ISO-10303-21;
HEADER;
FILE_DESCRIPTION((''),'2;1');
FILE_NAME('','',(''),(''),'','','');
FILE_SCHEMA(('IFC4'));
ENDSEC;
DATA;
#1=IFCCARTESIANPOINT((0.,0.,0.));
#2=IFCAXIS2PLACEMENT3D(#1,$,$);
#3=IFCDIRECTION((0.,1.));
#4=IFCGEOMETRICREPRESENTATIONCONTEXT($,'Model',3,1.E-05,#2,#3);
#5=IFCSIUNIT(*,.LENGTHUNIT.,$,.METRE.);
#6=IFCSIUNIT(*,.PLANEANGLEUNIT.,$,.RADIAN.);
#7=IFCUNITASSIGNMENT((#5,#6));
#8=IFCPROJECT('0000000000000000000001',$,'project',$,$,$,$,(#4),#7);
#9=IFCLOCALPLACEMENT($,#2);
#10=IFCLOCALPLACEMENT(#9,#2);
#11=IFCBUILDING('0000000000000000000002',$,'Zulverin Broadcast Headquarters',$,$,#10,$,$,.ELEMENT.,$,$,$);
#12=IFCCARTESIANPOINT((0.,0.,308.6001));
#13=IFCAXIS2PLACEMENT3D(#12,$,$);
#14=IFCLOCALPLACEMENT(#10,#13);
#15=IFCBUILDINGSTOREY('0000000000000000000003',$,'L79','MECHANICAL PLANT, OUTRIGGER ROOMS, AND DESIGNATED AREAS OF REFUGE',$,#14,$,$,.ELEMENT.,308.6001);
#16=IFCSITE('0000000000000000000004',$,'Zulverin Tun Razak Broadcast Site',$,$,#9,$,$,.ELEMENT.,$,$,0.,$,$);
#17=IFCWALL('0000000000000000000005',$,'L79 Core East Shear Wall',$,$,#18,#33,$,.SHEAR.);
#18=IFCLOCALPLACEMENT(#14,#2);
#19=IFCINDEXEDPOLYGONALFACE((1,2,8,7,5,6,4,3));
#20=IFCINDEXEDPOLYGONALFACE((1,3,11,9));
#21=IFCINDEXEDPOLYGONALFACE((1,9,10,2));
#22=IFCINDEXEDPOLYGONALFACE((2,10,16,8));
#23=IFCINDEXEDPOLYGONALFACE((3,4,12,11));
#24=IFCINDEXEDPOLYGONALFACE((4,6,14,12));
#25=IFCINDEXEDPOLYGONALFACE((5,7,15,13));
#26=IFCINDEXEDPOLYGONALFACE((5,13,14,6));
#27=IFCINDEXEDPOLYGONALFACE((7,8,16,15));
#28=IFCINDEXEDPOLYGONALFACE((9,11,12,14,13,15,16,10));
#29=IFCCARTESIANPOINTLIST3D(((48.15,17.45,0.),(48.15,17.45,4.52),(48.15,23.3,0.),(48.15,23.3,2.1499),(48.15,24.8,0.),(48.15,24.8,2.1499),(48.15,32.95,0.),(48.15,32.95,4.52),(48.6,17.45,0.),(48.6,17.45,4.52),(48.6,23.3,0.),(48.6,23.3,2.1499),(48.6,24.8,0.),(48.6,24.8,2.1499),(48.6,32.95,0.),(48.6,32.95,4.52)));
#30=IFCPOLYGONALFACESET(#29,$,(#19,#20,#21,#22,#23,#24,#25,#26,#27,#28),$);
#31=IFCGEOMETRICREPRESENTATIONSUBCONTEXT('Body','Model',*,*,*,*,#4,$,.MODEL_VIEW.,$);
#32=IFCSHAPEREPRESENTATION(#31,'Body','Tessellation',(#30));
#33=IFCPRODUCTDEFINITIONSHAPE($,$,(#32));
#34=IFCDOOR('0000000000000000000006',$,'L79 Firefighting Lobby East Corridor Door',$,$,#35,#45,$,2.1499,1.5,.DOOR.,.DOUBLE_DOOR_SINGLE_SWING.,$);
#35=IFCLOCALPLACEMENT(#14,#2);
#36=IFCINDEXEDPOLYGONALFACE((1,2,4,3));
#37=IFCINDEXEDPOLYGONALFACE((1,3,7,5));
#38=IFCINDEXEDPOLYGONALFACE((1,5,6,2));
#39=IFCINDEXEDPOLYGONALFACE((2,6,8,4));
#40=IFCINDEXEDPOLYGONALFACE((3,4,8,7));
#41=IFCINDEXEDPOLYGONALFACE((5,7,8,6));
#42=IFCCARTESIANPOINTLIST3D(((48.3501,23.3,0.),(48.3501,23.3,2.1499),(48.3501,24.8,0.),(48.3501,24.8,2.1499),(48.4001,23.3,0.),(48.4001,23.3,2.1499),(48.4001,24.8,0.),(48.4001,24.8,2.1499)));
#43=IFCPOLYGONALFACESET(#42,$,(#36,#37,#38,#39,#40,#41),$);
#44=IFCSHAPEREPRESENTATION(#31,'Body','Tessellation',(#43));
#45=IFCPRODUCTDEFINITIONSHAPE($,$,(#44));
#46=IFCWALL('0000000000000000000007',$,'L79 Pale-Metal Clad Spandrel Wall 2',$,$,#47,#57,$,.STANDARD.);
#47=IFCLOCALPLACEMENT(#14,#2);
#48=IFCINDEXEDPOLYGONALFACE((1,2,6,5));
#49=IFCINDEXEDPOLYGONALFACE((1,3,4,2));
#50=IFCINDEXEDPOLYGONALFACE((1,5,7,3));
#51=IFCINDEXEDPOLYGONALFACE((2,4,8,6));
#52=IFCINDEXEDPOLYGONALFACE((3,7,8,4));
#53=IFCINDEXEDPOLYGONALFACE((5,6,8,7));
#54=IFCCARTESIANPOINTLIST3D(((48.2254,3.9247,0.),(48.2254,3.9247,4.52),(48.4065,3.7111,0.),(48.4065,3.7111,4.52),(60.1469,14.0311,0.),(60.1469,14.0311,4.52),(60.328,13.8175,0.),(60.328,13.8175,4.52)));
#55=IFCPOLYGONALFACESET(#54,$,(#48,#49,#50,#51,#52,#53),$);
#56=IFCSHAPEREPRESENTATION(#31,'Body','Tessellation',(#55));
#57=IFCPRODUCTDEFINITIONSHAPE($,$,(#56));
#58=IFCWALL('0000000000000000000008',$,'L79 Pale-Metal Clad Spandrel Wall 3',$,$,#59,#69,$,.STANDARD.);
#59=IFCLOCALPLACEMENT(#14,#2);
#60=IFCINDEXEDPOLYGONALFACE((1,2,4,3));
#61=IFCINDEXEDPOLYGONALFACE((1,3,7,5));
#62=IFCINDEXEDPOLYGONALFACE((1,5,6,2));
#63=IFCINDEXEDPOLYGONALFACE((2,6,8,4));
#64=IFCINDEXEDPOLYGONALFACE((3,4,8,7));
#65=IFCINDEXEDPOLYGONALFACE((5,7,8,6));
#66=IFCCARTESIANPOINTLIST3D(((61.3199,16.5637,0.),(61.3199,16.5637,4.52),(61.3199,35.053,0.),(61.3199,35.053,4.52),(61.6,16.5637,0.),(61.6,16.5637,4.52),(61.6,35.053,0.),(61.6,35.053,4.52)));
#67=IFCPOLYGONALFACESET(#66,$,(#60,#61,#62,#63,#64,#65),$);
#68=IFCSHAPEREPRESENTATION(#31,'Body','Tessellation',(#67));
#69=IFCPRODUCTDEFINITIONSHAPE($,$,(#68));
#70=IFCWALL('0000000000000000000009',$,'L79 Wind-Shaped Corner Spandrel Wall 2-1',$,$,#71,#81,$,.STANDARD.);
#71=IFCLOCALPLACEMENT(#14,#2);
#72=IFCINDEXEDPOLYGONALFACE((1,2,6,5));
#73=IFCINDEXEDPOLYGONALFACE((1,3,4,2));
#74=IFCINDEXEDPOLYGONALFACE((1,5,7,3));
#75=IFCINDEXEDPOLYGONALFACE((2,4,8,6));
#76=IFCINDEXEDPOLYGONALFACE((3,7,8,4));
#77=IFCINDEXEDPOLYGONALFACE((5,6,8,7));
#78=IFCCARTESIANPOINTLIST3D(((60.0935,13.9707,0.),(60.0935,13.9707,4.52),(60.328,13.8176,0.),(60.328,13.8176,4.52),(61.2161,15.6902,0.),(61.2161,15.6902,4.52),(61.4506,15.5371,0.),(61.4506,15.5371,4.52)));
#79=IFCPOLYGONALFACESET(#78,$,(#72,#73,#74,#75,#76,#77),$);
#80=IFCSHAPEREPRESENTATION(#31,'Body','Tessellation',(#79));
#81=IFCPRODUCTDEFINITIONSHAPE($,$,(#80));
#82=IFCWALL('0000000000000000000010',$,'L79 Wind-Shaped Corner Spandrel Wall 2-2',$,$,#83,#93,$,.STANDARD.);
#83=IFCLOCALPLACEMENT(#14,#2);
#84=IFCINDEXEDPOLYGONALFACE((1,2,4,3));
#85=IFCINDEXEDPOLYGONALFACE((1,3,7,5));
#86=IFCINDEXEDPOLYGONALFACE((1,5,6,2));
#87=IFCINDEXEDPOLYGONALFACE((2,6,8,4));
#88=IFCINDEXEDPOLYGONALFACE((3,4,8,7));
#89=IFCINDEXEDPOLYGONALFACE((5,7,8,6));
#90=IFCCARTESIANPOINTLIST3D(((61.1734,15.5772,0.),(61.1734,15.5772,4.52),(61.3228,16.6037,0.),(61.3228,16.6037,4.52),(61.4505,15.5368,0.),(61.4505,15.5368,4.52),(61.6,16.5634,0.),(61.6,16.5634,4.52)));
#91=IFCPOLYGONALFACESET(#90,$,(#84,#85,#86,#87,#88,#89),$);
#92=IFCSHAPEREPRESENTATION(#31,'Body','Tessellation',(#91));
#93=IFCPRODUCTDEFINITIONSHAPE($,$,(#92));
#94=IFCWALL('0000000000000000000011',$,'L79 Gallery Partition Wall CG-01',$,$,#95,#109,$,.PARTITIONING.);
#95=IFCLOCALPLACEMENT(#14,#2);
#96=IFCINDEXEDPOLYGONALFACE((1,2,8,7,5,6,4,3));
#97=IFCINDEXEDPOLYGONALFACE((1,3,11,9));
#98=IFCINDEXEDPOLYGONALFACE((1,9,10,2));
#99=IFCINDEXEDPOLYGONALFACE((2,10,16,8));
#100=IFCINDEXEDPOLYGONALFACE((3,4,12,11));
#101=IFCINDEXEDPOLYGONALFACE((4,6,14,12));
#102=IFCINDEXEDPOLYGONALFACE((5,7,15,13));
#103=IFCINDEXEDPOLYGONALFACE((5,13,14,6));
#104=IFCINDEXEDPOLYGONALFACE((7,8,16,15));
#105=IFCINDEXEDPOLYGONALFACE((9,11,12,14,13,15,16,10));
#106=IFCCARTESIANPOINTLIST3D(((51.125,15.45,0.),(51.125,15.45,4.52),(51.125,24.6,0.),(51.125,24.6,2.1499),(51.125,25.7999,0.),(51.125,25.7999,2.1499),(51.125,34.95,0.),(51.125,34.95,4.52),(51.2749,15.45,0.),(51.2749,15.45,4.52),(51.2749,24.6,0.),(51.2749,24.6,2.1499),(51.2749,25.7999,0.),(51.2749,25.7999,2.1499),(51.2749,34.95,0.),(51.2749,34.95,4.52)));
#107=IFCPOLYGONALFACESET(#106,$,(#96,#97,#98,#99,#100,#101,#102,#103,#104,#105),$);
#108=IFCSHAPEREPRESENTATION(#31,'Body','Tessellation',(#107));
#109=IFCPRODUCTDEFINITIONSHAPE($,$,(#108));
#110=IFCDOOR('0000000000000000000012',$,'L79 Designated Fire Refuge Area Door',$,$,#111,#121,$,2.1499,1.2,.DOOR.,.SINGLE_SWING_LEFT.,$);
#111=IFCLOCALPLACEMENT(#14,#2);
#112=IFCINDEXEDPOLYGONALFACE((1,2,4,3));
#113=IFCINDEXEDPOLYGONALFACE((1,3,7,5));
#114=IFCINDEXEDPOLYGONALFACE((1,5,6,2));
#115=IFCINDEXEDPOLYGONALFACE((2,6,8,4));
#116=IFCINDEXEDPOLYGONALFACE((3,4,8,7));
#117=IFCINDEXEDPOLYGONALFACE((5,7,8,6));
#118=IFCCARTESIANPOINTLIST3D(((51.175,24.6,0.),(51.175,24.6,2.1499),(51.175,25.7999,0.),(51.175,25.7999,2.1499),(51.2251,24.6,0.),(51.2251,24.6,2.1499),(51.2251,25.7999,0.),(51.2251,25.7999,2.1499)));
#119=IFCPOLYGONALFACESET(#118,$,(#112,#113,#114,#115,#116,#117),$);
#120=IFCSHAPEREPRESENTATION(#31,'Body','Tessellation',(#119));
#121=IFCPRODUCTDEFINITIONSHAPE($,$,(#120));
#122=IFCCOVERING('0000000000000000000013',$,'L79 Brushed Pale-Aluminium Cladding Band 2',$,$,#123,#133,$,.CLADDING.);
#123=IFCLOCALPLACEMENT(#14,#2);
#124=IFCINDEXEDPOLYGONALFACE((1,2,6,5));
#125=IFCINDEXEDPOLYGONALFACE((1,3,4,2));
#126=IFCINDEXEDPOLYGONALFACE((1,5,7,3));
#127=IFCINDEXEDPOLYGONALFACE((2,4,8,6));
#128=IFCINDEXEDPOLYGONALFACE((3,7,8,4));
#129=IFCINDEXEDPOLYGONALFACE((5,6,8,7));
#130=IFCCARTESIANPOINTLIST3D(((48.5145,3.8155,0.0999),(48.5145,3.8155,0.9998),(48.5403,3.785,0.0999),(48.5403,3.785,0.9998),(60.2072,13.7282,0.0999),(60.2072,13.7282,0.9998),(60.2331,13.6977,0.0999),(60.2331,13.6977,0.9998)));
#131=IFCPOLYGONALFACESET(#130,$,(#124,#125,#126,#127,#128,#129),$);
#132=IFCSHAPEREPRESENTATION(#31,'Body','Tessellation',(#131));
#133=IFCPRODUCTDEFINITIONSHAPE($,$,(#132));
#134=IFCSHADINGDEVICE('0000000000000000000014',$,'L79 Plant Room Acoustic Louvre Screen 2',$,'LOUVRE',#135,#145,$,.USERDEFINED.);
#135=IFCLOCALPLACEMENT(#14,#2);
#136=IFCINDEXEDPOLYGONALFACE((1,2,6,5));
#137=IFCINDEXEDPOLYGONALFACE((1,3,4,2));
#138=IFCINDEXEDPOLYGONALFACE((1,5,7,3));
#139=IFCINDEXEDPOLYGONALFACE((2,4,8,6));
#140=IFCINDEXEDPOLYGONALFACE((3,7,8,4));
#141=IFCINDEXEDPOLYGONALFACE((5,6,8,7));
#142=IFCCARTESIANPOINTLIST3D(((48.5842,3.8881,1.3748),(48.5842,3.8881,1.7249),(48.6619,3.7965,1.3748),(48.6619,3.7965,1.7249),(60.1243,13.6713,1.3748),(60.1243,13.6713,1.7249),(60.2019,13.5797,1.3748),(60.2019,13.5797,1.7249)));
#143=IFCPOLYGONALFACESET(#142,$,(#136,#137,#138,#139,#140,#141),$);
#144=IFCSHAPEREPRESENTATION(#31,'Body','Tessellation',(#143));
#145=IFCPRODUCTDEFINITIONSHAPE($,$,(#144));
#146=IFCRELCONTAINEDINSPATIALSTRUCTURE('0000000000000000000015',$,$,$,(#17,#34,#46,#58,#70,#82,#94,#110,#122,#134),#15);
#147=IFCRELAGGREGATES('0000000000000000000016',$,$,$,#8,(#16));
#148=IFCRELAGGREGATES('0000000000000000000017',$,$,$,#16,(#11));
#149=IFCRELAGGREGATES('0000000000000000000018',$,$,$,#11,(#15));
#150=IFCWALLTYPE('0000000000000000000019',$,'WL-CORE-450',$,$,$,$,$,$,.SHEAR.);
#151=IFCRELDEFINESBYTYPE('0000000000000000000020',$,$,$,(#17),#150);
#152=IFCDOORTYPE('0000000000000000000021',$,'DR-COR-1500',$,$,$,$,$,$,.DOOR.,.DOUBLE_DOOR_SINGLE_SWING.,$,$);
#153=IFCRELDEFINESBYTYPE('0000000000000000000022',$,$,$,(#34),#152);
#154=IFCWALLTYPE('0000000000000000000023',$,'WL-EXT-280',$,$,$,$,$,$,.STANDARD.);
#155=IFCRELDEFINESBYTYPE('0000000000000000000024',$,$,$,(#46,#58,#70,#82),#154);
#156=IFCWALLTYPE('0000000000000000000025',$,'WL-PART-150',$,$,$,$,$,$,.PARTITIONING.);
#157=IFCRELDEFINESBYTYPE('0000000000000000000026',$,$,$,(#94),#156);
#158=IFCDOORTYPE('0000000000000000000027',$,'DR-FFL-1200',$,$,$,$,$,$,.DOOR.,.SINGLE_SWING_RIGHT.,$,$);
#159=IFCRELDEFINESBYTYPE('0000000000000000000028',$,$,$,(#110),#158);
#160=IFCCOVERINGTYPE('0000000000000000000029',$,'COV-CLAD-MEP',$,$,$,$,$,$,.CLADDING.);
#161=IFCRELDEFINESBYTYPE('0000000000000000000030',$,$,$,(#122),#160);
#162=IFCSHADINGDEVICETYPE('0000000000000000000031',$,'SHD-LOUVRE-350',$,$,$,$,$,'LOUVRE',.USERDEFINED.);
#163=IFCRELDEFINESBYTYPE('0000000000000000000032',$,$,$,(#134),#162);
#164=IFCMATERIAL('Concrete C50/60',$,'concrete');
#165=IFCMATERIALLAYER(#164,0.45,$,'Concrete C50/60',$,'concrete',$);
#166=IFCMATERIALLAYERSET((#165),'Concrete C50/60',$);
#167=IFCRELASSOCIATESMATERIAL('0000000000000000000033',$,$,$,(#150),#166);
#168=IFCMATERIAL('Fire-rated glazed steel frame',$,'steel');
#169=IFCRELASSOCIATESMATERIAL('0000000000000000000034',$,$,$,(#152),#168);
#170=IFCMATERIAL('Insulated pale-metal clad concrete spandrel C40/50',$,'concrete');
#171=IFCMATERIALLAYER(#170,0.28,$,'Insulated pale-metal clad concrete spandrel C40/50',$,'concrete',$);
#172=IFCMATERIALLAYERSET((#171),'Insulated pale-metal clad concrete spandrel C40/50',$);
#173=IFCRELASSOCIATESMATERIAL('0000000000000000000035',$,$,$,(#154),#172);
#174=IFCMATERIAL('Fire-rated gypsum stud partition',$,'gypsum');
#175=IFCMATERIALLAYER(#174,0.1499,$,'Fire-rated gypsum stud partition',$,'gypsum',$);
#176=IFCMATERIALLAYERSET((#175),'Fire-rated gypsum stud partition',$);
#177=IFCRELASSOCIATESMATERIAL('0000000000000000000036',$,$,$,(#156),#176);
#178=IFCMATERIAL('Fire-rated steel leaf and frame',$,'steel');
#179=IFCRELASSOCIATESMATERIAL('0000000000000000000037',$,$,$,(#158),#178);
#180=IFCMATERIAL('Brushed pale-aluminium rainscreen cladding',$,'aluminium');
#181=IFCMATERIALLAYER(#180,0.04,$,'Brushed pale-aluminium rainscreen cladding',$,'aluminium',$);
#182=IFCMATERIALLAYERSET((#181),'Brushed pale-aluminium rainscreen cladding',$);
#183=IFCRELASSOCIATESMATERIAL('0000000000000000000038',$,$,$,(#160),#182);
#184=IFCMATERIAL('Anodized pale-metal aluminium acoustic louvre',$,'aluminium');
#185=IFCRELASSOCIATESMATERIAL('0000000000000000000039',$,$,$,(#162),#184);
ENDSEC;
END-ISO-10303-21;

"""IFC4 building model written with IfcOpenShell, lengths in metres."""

from ifc_helpers import new_model, si_unit, direction, frame, frame_2d, origin, origin_2d, place, context, subcontext, project, spatial, rectangle, extrude, material, layer, layer_set, type_object, element, fill, save


model = new_model("IFC4")

# Units and contexts
model_context = context("Model", 3, precision=1e-05, world=origin(), true_north=direction((0.0, 1.0)))
body_context = subcontext(model_context, "Body", "Model", "MODEL_VIEW")
ifc_project = project(units=[si_unit("LENGTHUNIT", "METRE"), si_unit("PLANEANGLEUNIT", "RADIAN")], contexts=[model_context])

# Site, building, storey
site_placement = place(None, origin())
site = spatial("IfcSite", under=ifc_project, at=site_placement, Name="Zulverin Tun Razak Broadcast Site", CompositionType="ELEMENT", RefElevation=0.0)
building_placement = place(site_placement, origin())
building = spatial("IfcBuilding", under=site, at=building_placement, Name="Zulverin Broadcast Headquarters", CompositionType="ELEMENT")
storey_placement = place(building_placement, frame((0.0, 0.0, 308.6001)))
storey = spatial("IfcBuildingStorey", under=building, at=storey_placement, Name="L79", Description="MECHANICAL PLANT, OUTRIGGER ROOMS, AND DESIGNATED AREAS OF REFUGE", CompositionType="ELEMENT", Elevation=308.6001)

# Shared definitions
ifc_material_1 = material(Name="Concrete C50/60", Category="concrete")

# Wall, opening, door
ifc_layer_1 = layer(ifc_material_1, 0.45, Name="Concrete C50/60", Category="concrete")
ifc_layer_set_1 = layer_set([ifc_layer_1], Name="Concrete C50/60")
wall_type_1 = type_object("IfcWallType", Name="WL-CORE-450", PredefinedType="SHEAR", material=ifc_layer_set_1)
wall_1_placement = place(storey_placement, frame((48.375, 17.45, 0.0), z_axis=(0.0, 0.0, 1.0), x_axis=(0.0, 1.0, 0.0)))
wall_1 = element("IfcWall", 1, at=wall_1_placement, inside=storey, type_object=wall_type_1, Name="L79 Core East Shear Wall", PredefinedType="SHEAR", context=body_context, shape_type="SweptSolid", body=[
    extrude(rectangle(XDim=15.5, YDim=0.45, at=frame_2d((7.75, 0.0))), origin(), (0.0, 0.0, 1.0), 4.52),
])
opening_1_placement = place(wall_1_placement, frame((5.8501, 0.0, 0.0)))
opening_1 = element("IfcOpeningElement", 2, at=opening_1_placement, cuts=wall_1, PredefinedType="OPENING", context=body_context, shape_type="SweptSolid", body=[
    extrude(rectangle(XDim=1.5, YDim=2.1499, at=frame_2d((0.75, 1.075))), frame((0.0, 0.2349, 0.0), z_axis=(0.0, -1.0, 0.0), x_axis=(1.0, 0.0, 0.0)), (0.0, 0.0, 1.0), 0.47),
])
ifc_material_2 = material(Name="Fire-rated glazed steel frame", Category="steel")
door_type_1 = type_object("IfcDoorType", Name="DR-COR-1500", OperationType="DOUBLE_DOOR_SINGLE_SWING", PredefinedType="DOOR", material=ifc_material_2)
door_1_placement = place(opening_1_placement, origin())
door_1 = element("IfcDoor", 3, at=door_1_placement, inside=storey, type_object=door_type_1, Name="L79 Firefighting Lobby East Corridor Door", OperationType="DOUBLE_DOOR_SINGLE_SWING", OverallHeight=2.1499, OverallWidth=1.5, PredefinedType="DOOR", context=body_context, shape_type="SweptSolid", body=[
    extrude(rectangle(XDim=1.5, YDim=2.1499, at=frame_2d((0.75, 1.075))), frame((0.0, 0.0249, 0.0), z_axis=(0.0, -1.0, 0.0), x_axis=(1.0, 0.0, 0.0)), (0.0, 0.0, 1.0), 0.05),
])
fill(opening_1, door_1)

# Walls
ifc_material_3 = material(Name="Insulated pale-metal clad concrete spandrel C40/50", Category="concrete")
ifc_layer_2 = layer(ifc_material_3, 0.28, Name="Insulated pale-metal clad concrete spandrel C40/50", Category="concrete")
ifc_layer_set_2 = layer_set([ifc_layer_2], Name="Insulated pale-metal clad concrete spandrel C40/50")
wall_type_2 = type_object("IfcWallType", Name="WL-EXT-280", PredefinedType="STANDARD", material=ifc_layer_set_2)
wall_2_placement = place(storey_placement, frame((48.3159, 3.8179, 0.0), z_axis=(0.0, 0.0, 1.0), x_axis=(0.762789, 0.646647, 0.0)))
element("IfcWall", 4, at=wall_2_placement, inside=storey, type_object=wall_type_2, Name="L79 Pale-Metal Clad Spandrel Wall 2", PredefinedType="STANDARD", context=body_context, shape_type="SweptSolid", body=[
    extrude(rectangle(XDim=15.6289, YDim=0.28, at=frame_2d((7.8145, 0.0))), origin(), (0.0, 0.0, 1.0), 4.52),
])
wall_3_placement = place(storey_placement, frame((61.46, 16.5637, 0.0), z_axis=(0.0, 0.0, 1.0), x_axis=(0.0, 1.0, 0.0)))
element("IfcWall", 5, at=wall_3_placement, inside=storey, type_object=wall_type_2, Name="L79 Pale-Metal Clad Spandrel Wall 3", PredefinedType="STANDARD", context=body_context, shape_type="SweptSolid", body=[
    extrude(rectangle(XDim=18.4893, YDim=0.28, at=frame_2d((9.2446, 0.0))), origin(), (0.0, 0.0, 1.0), 4.52),
])
wall_4_placement = place(storey_placement, frame((60.2107, 13.894, 0.0), z_axis=(0.0, 0.0, 1.0), x_axis=(0.546663, 0.837353, 0.0)))
element("IfcWall", 6, at=wall_4_placement, inside=storey, type_object=wall_type_2, Name="L79 Wind-Shaped Corner Spandrel Wall 2-1", PredefinedType="STANDARD", context=body_context, shape_type="SweptSolid", body=[
    extrude(rectangle(XDim=2.0535, YDim=0.28, at=frame_2d((1.0269, 0.0))), origin(), (0.0, 0.0, 1.0), 4.52),
])
wall_5_placement = place(storey_placement, frame((61.312, 15.5571, 0.0), z_axis=(0.0, 0.0, 1.0), x_axis=(0.144024, 0.989574, 0.0)))
element("IfcWall", 7, at=wall_5_placement, inside=storey, type_object=wall_type_2, Name="L79 Wind-Shaped Corner Spandrel Wall 2-2", PredefinedType="STANDARD", context=body_context, shape_type="SweptSolid", body=[
    extrude(rectangle(XDim=1.0374, YDim=0.28, at=frame_2d((0.5186, 0.0))), origin(), (0.0, 0.0, 1.0), 4.52),
])

# Wall, opening, door
ifc_material_4 = material(Name="Fire-rated gypsum stud partition", Category="gypsum")
ifc_layer_3 = layer(ifc_material_4, 0.1499, Name="Fire-rated gypsum stud partition", Category="gypsum")
ifc_layer_set_3 = layer_set([ifc_layer_3], Name="Fire-rated gypsum stud partition")
wall_type_3 = type_object("IfcWallType", Name="WL-PART-150", PredefinedType="PARTITIONING", material=ifc_layer_set_3)
wall_6_placement = place(storey_placement, frame((51.2, 15.45, 0.0), z_axis=(0.0, 0.0, 1.0), x_axis=(0.0, 1.0, 0.0)))
wall_6 = element("IfcWall", 8, at=wall_6_placement, inside=storey, type_object=wall_type_3, Name="L79 Gallery Partition Wall CG-01", PredefinedType="PARTITIONING", context=body_context, shape_type="SweptSolid", body=[
    extrude(rectangle(XDim=19.5, YDim=0.1499, at=frame_2d((9.75, 0.0))), origin(), (0.0, 0.0, 1.0), 4.52),
])
opening_2_placement = place(wall_6_placement, frame((9.1499, 0.0, 0.0)))
opening_2 = element("IfcOpeningElement", 9, at=opening_2_placement, cuts=wall_6, PredefinedType="OPENING", context=body_context, shape_type="SweptSolid", body=[
    extrude(rectangle(XDim=1.2, YDim=2.1499, at=frame_2d((0.6001, 1.075))), frame((0.0, 0.085, 0.0), z_axis=(0.0, -1.0, 0.0), x_axis=(1.0, 0.0, 0.0)), (0.0, 0.0, 1.0), 0.1699),
])
ifc_material_5 = material(Name="Fire-rated steel leaf and frame", Category="steel")
door_type_2 = type_object("IfcDoorType", Name="DR-FFL-1200", OperationType="SINGLE_SWING_RIGHT", PredefinedType="DOOR", material=ifc_material_5)
door_2_placement = place(opening_2_placement, origin())
door_2 = element("IfcDoor", 10, at=door_2_placement, inside=storey, type_object=door_type_2, Name="L79 Designated Fire Refuge Area Door", OperationType="SINGLE_SWING_LEFT", OverallHeight=2.1499, OverallWidth=1.2, PredefinedType="DOOR", context=body_context, shape_type="SweptSolid", body=[
    extrude(rectangle(XDim=1.2, YDim=2.1499, at=frame_2d((0.6001, 1.075))), frame((0.0, 0.0249, 0.0), z_axis=(0.0, -1.0, 0.0), x_axis=(1.0, 0.0, 0.0)), (0.0, 0.0, 1.0), 0.05),
])
fill(opening_2, door_2)

# Covering
ifc_material_6 = material(Name="Brushed pale-aluminium rainscreen cladding", Category="aluminium")
ifc_layer_4 = layer(ifc_material_6, 0.04, Name="Brushed pale-aluminium rainscreen cladding", Category="aluminium")
ifc_layer_set_4 = layer_set([ifc_layer_4], Name="Brushed pale-aluminium rainscreen cladding")
covering_type = type_object("IfcCoveringType", Name="COV-CLAD-MEP", PredefinedType="CLADDING", material=ifc_layer_set_4)
covering_placement = place(storey_placement, frame((54.3738, 8.7566, 0.0999), z_axis=(0.0, 0.0, 1.0), x_axis=(0.762781, 0.646657, 0.0)))
element("IfcCovering", 11, at=covering_placement, inside=storey, type_object=covering_type, Name="L79 Brushed Pale-Aluminium Cladding Band 2", PredefinedType="CLADDING", context=body_context, shape_type="SweptSolid", body=[
    extrude(rectangle(XDim=15.3291, YDim=0.04, at=origin_2d()), origin(), (0.0, 0.0, 1.0), 0.8999),
])

# Shading device
ifc_material_7 = material(Name="Anodized pale-metal aluminium acoustic louvre", Category="aluminium")
shading_device_type = type_object("IfcShadingDeviceType", Name="SHD-LOUVRE-350", ElementType="LOUVRE", PredefinedType="USERDEFINED", material=ifc_material_7)
shading_device_placement = place(storey_placement, frame((54.3931, 8.7339, 1.3748), z_axis=(0.0, 0.0, 1.0), x_axis=(0.762781, 0.646657, 0.0)))
element("IfcShadingDevice", 12, at=shading_device_placement, inside=storey, type_object=shading_device_type, Name="L79 Plant Room Acoustic Louvre Screen 2", ObjectType="LOUVRE", PredefinedType="USERDEFINED", context=body_context, shape_type="SweptSolid", body=[
    extrude(rectangle(XDim=15.1289, YDim=0.1201, at=origin_2d()), origin(), (0.0, 0.0, 1.0), 0.3501),
])

save(model, "model.ifc")
